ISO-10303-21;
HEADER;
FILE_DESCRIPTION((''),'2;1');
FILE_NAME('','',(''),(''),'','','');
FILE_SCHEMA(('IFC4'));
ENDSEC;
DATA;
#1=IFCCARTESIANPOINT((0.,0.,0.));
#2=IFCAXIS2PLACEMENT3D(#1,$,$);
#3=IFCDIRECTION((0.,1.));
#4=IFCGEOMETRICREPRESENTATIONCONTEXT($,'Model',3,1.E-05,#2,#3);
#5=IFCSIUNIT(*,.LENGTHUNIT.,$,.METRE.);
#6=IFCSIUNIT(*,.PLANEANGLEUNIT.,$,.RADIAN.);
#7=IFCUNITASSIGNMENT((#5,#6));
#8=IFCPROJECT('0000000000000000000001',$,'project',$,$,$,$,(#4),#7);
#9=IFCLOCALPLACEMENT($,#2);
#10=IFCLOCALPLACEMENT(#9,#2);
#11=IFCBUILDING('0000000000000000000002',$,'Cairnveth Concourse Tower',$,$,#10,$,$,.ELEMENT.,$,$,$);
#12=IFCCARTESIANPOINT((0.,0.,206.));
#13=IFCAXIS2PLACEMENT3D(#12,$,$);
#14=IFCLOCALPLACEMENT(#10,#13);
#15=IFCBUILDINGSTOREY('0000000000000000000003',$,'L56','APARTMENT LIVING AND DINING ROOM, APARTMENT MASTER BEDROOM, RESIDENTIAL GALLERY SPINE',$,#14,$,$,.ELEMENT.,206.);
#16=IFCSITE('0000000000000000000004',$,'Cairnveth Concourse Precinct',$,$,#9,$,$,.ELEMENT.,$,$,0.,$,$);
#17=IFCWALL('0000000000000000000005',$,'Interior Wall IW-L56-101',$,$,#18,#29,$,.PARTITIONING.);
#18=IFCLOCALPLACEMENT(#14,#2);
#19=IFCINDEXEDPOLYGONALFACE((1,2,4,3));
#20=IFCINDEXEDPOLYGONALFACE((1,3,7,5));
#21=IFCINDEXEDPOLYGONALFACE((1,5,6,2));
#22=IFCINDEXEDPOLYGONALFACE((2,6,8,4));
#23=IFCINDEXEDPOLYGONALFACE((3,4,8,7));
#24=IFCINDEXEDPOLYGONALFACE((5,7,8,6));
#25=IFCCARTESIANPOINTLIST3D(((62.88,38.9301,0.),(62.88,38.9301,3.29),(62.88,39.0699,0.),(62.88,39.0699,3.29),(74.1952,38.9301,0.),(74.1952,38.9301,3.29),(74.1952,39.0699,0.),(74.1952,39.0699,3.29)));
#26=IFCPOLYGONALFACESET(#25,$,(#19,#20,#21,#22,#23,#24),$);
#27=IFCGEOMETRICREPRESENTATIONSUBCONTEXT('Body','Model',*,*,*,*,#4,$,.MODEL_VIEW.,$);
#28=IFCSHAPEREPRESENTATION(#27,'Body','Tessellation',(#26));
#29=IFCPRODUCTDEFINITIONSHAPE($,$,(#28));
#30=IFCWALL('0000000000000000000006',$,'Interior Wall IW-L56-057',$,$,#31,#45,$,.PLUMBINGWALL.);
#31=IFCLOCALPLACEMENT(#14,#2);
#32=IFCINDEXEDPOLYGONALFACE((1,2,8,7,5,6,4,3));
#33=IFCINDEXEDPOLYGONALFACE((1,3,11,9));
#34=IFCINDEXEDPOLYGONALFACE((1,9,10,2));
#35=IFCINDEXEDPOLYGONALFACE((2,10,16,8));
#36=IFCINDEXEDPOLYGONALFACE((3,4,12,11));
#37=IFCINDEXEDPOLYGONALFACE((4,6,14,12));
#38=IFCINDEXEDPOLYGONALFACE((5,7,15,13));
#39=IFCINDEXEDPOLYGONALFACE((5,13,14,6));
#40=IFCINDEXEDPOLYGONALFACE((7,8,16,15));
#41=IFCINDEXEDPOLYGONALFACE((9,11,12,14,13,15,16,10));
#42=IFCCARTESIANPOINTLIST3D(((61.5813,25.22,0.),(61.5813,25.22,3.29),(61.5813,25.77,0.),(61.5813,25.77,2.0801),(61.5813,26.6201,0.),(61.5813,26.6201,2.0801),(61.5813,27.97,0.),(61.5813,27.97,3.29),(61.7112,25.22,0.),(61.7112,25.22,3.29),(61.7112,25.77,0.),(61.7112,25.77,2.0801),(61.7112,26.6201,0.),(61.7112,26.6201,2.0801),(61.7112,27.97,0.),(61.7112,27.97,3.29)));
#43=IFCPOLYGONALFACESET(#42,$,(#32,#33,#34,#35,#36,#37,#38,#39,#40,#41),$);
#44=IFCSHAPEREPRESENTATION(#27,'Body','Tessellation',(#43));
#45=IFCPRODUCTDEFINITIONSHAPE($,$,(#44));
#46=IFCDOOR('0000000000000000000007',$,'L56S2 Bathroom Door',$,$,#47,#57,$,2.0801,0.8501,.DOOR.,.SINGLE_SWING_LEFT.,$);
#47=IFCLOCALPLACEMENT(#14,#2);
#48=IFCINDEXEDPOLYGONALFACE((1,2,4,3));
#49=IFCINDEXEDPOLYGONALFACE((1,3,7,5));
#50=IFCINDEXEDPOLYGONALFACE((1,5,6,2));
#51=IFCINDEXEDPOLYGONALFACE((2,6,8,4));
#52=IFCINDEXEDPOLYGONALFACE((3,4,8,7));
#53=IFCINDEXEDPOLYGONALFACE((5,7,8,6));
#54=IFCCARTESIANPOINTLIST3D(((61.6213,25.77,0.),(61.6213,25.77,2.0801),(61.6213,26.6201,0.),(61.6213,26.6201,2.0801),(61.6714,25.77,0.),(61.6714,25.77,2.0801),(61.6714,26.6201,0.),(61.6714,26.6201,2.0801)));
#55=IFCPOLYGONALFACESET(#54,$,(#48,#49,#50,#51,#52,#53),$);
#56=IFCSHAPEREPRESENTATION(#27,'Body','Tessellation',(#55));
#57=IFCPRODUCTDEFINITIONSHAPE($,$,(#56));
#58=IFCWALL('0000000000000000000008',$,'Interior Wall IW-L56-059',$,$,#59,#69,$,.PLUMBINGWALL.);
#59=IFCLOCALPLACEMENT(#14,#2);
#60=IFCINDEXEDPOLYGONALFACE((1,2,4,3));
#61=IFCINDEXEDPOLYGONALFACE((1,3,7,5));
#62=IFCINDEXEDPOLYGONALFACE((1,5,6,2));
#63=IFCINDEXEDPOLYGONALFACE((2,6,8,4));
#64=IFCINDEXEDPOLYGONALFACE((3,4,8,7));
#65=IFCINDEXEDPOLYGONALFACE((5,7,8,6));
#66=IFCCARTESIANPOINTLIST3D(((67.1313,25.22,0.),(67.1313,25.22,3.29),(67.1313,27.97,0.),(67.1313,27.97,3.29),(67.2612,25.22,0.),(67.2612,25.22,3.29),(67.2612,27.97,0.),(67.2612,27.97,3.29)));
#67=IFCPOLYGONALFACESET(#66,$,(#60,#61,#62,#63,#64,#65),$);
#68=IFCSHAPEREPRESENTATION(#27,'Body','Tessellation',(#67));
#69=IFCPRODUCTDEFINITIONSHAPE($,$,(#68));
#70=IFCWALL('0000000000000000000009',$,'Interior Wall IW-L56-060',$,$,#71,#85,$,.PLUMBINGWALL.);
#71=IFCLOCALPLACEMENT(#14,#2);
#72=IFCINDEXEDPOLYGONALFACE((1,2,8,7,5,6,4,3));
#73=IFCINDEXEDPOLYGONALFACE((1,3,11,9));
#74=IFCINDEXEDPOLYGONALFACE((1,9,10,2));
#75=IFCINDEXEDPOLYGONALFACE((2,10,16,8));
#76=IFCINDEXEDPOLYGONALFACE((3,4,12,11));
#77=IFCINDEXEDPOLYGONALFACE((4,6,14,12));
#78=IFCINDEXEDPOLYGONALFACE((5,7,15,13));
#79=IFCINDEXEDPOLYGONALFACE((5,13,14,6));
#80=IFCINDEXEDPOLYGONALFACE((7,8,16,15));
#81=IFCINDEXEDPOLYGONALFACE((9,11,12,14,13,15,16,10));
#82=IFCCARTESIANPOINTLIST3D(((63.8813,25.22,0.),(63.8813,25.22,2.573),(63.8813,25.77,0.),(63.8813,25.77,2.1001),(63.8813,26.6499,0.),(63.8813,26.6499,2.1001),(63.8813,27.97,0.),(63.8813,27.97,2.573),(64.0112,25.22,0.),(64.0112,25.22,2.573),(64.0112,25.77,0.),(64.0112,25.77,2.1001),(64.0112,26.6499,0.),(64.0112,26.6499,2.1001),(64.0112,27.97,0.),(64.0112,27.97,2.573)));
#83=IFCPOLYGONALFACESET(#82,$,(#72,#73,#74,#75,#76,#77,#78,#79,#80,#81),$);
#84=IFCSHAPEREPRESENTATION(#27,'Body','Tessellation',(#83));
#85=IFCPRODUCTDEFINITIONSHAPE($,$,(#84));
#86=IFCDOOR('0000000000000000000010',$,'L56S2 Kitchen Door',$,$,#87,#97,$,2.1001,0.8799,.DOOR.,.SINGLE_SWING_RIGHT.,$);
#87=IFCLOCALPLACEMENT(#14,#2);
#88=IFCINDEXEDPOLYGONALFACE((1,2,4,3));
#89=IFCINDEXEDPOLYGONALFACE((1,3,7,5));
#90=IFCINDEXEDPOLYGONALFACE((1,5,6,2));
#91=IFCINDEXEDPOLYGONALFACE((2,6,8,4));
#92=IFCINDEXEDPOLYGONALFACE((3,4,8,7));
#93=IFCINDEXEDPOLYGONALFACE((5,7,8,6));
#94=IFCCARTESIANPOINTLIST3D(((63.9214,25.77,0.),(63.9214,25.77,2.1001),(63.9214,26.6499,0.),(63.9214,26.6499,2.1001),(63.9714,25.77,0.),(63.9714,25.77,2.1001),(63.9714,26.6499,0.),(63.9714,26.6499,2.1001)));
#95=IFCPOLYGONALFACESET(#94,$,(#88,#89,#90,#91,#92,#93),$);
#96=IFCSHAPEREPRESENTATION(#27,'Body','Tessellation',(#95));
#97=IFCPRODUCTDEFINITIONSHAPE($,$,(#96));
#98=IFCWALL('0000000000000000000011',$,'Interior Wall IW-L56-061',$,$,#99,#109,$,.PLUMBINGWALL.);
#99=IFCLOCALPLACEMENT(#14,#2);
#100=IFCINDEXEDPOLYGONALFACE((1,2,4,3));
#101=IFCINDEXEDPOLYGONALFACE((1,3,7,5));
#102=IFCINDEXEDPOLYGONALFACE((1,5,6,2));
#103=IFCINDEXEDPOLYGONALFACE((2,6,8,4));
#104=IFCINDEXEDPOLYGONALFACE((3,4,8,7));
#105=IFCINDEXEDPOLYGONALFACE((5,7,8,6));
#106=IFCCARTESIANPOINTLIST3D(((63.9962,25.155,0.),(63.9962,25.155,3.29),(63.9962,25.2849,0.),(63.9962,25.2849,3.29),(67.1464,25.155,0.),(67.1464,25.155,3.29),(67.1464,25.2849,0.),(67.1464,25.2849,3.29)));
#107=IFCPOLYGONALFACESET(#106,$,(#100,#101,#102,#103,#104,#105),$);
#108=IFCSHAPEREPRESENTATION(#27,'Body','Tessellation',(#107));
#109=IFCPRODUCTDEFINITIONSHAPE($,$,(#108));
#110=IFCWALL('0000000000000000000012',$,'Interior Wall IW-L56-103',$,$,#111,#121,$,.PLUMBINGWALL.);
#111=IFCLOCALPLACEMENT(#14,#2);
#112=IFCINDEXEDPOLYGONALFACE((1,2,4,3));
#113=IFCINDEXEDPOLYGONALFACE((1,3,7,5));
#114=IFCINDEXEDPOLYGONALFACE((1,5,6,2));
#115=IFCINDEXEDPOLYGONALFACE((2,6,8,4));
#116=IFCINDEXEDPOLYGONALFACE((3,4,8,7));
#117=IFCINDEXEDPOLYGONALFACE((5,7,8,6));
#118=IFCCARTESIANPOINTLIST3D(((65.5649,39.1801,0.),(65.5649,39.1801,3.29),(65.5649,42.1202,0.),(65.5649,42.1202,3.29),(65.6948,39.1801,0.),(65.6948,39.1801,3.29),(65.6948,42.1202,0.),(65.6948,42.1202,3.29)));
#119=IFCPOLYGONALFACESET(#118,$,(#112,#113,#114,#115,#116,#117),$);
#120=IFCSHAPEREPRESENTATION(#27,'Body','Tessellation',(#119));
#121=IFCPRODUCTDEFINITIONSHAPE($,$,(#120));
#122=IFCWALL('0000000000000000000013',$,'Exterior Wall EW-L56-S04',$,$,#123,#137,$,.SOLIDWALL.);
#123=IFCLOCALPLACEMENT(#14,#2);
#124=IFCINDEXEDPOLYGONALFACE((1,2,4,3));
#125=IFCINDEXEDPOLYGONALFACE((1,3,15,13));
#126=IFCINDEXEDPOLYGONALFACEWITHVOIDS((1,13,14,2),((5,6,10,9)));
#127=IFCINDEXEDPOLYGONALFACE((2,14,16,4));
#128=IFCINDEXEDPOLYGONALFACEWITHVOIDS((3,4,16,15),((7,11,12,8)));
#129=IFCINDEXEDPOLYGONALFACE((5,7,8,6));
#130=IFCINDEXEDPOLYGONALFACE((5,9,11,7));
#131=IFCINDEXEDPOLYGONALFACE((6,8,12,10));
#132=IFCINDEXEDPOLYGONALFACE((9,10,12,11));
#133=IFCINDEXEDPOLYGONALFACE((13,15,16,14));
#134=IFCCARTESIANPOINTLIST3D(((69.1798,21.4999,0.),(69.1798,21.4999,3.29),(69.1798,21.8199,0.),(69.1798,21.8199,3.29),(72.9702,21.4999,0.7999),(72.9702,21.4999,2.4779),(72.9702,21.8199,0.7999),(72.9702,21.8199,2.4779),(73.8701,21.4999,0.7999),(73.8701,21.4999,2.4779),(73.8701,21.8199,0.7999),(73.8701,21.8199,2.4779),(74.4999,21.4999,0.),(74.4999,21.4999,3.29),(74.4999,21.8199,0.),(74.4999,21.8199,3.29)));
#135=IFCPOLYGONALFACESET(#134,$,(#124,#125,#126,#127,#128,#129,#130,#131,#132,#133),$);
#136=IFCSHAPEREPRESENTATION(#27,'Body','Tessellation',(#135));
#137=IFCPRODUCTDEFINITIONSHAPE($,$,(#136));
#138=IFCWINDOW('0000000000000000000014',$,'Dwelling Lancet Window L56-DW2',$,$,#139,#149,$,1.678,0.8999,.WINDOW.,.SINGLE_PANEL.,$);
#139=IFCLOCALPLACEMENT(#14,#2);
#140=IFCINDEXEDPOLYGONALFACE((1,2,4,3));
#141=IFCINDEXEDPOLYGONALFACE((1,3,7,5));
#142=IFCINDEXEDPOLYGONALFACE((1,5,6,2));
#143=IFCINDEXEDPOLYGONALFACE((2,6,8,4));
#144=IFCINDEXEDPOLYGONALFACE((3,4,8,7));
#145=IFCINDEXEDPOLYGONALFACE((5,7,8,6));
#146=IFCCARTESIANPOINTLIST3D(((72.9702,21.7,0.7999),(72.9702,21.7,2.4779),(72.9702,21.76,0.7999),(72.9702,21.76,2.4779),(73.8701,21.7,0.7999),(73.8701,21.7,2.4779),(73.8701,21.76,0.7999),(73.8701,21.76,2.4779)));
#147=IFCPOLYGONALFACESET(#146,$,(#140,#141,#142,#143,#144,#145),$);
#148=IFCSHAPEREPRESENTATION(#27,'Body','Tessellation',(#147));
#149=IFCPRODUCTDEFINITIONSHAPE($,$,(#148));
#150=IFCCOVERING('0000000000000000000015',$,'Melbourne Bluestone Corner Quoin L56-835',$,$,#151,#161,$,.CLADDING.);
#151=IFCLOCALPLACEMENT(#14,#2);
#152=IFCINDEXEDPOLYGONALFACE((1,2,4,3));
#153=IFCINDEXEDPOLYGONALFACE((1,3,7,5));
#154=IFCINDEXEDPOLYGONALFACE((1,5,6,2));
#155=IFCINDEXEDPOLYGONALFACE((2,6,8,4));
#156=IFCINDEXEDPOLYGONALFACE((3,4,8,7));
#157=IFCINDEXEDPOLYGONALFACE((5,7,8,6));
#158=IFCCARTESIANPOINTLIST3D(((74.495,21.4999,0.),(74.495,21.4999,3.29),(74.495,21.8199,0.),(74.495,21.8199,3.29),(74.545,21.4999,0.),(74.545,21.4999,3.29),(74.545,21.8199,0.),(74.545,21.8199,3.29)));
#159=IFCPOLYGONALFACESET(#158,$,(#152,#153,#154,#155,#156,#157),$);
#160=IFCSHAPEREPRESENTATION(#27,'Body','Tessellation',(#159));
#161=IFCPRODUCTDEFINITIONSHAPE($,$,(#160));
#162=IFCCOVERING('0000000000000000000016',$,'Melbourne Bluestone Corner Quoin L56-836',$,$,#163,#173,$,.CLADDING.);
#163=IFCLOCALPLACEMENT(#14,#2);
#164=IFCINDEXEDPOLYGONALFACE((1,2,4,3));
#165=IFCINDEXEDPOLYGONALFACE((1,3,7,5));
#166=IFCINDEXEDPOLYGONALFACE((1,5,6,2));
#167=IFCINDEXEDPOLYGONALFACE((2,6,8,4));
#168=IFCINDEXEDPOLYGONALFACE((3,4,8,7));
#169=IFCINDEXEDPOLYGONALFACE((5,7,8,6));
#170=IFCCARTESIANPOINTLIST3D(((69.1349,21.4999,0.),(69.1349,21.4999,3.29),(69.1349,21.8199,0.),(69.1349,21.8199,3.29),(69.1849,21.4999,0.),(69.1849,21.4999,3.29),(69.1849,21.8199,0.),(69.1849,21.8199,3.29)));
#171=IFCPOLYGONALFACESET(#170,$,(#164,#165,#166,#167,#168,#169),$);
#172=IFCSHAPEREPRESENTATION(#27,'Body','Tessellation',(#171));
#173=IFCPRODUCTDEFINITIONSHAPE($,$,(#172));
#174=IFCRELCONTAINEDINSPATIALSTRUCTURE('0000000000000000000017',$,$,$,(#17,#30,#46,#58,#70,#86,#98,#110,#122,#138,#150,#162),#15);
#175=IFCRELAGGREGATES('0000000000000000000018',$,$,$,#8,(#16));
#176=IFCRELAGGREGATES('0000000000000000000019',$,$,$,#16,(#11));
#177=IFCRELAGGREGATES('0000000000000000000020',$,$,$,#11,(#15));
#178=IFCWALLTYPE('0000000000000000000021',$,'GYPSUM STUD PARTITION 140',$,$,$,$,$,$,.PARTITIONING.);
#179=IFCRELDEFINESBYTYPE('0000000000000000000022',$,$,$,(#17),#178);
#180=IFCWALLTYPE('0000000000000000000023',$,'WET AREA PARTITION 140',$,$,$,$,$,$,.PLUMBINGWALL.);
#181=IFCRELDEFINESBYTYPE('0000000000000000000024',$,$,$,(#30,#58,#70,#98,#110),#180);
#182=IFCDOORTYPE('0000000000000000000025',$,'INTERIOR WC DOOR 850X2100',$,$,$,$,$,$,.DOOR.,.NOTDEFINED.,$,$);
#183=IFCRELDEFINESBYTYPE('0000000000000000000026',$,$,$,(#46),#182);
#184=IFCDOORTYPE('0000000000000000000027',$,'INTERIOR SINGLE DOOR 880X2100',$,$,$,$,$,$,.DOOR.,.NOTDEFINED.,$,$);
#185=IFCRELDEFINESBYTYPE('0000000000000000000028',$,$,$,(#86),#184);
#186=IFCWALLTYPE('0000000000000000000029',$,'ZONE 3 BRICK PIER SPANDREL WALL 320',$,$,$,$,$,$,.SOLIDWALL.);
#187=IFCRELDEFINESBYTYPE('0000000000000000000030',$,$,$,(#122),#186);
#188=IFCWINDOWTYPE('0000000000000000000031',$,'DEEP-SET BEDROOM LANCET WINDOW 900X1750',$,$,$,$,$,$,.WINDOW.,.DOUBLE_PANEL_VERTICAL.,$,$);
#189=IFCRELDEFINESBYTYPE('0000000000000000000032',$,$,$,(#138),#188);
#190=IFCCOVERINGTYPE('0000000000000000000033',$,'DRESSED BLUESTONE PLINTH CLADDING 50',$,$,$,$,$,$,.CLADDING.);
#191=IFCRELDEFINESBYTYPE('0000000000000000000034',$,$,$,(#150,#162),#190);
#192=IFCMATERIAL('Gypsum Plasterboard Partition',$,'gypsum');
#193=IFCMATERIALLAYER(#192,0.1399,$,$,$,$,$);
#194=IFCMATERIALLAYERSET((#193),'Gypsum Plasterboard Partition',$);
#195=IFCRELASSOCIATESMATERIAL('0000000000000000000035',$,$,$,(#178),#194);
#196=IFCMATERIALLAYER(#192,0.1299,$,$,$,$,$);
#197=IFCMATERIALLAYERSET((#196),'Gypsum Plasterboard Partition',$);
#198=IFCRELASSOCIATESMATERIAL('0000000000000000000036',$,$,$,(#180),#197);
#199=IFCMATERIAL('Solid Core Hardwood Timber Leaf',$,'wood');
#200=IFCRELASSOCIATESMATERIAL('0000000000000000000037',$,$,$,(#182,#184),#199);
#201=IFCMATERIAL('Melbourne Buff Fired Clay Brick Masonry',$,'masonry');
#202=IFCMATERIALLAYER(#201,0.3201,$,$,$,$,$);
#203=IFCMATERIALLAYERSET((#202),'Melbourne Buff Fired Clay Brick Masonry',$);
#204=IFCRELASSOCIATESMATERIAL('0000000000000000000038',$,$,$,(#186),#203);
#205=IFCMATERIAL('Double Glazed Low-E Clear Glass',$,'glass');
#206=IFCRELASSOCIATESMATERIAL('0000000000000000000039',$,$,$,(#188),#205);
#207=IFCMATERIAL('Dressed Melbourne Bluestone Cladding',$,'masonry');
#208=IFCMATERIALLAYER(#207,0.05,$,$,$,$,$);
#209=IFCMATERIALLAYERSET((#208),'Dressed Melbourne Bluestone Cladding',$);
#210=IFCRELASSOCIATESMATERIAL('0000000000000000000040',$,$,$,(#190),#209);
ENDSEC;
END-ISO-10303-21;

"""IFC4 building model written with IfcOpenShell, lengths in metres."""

from ifc_helpers import new_model, si_unit, direction, frame, frame_2d, origin, place, context, subcontext, project, spatial, rectangle, extrude, material, layer, layer_set, type_object, element, fill, save


model = new_model("IFC4")

# Units and contexts
model_context = context("Model", 3, precision=1e-05, world=origin(), true_north=direction((0.0, 1.0)))
body_context = subcontext(model_context, "Body", "Model", "MODEL_VIEW")
ifc_project = project(units=[si_unit("LENGTHUNIT", "METRE"), si_unit("PLANEANGLEUNIT", "RADIAN")], contexts=[model_context])

# Site, building, storey
site_placement = place(None, origin())
site = spatial("IfcSite", under=ifc_project, at=site_placement, Name="Cairnveth Concourse Precinct", CompositionType="ELEMENT", RefElevation=0.0)
building_placement = place(site_placement, origin())
building = spatial("IfcBuilding", under=site, at=building_placement, Name="Cairnveth Concourse Tower", CompositionType="ELEMENT")
storey_placement = place(building_placement, frame((0.0, 0.0, 206.0)))
storey = spatial("IfcBuildingStorey", under=building, at=storey_placement, Name="L56", Description="APARTMENT LIVING AND DINING ROOM, APARTMENT MASTER BEDROOM, RESIDENTIAL GALLERY SPINE", CompositionType="ELEMENT", Elevation=206.0)

# Shared definitions
ifc_material_1 = material(Name="Gypsum Plasterboard Partition", Category="gypsum")
ifc_material_2 = material(Name="Solid Core Hardwood Timber Leaf", Category="wood")

# Shared definitions
ifc_layer_1 = layer(ifc_material_1, 0.1399)
ifc_layer_set_1 = layer_set([ifc_layer_1], Name="Gypsum Plasterboard Partition")
wall_type_1 = type_object("IfcWallType", Name="GYPSUM STUD PARTITION 140", PredefinedType="PARTITIONING", material=ifc_layer_set_1)

# Wall
wall_1_placement = place(storey_placement, frame((62.8799, 39.0, 0.0), z_axis=(0.0, 0.0, 1.0), x_axis=(1.0, 0.0, 0.0)))
element("IfcWall", 1, at=wall_1_placement, inside=storey, type_object=wall_type_1, Name="Interior Wall IW-L56-101", PredefinedType="PARTITIONING", context=body_context, shape_type="SweptSolid", body=[
    extrude(rectangle(XDim=11.3152, YDim=0.1399, at=frame_2d((5.6577, 0.0))), origin(), (0.0, 0.0, 1.0), 3.29),
])

# Wall, opening, door
ifc_layer_2 = layer(ifc_material_1, 0.1299)
ifc_layer_set_2 = layer_set([ifc_layer_2], Name="Gypsum Plasterboard Partition")
wall_type_2 = type_object("IfcWallType", Name="WET AREA PARTITION 140", PredefinedType="PLUMBINGWALL", material=ifc_layer_set_2)
wall_2_placement = place(storey_placement, frame((61.6462, 25.22, 0.0), z_axis=(0.0, 0.0, 1.0), x_axis=(0.0, 1.0, 0.0)))
wall_2 = element("IfcWall", 2, at=wall_2_placement, inside=storey, type_object=wall_type_2, Name="Interior Wall IW-L56-057", PredefinedType="PLUMBINGWALL", context=body_context, shape_type="SweptSolid", body=[
    extrude(rectangle(XDim=2.75, YDim=0.1299, at=frame_2d((1.375, 0.0))), origin(), (0.0, 0.0, 1.0), 3.29),
])
opening_1_placement = place(wall_2_placement, frame((0.55, 0.0, 0.0)))
opening_1 = element("IfcOpeningElement", 3, at=opening_1_placement, cuts=wall_2, PredefinedType="OPENING", context=body_context, shape_type="SweptSolid", body=[
    extrude(rectangle(XDim=0.8501, YDim=2.0801, at=frame_2d((0.425, 1.04))), frame((0.0, 0.075, 0.0), z_axis=(0.0, -1.0, 0.0), x_axis=(1.0, 0.0, 0.0)), (0.0, 0.0, 1.0), 0.1499),
])
door_type_1 = type_object("IfcDoorType", Name="INTERIOR WC DOOR 850X2100", OperationType="NOTDEFINED", PredefinedType="DOOR", material=ifc_material_2)
door_1_placement = place(opening_1_placement, origin())
door_1 = element("IfcDoor", 4, at=door_1_placement, inside=storey, type_object=door_type_1, Name="L56S2 Bathroom Door", OperationType="SINGLE_SWING_LEFT", OverallHeight=2.0801, OverallWidth=0.8501, PredefinedType="DOOR", context=body_context, shape_type="SweptSolid", body=[
    extrude(rectangle(XDim=0.8501, YDim=2.0801, at=frame_2d((0.425, 1.04))), frame((0.0, 0.0249, 0.0), z_axis=(0.0, -1.0, 0.0), x_axis=(1.0, 0.0, 0.0)), (0.0, 0.0, 1.0), 0.05),
])
fill(opening_1, door_1)

# Wall
wall_3_placement = place(storey_placement, frame((67.1963, 25.22, 0.0), z_axis=(0.0, 0.0, 1.0), x_axis=(0.0, 1.0, 0.0)))
element("IfcWall", 5, at=wall_3_placement, inside=storey, type_object=wall_type_2, Name="Interior Wall IW-L56-059", PredefinedType="PLUMBINGWALL", context=body_context, shape_type="SweptSolid", body=[
    extrude(rectangle(XDim=2.75, YDim=0.1299, at=frame_2d((1.375, 0.0))), origin(), (0.0, 0.0, 1.0), 3.29),
])

# Wall, opening, door
wall_4_placement = place(storey_placement, frame((63.9463, 25.22, 0.0), z_axis=(0.0, 0.0, 1.0), x_axis=(0.0, 1.0, 0.0)))
wall_4 = element("IfcWall", 6, at=wall_4_placement, inside=storey, type_object=wall_type_2, Name="Interior Wall IW-L56-060", PredefinedType="PLUMBINGWALL", context=body_context, shape_type="SweptSolid", body=[
    extrude(rectangle(XDim=2.75, YDim=0.1299, at=frame_2d((1.375, 0.0))), origin(), (0.0, 0.0, 1.0), 2.573),
])
opening_2_placement = place(wall_4_placement, frame((0.55, 0.0, 0.0)))
opening_2 = element("IfcOpeningElement", 7, at=opening_2_placement, cuts=wall_4, PredefinedType="OPENING", context=body_context, shape_type="SweptSolid", body=[
    extrude(rectangle(XDim=0.8799, YDim=2.1001, at=frame_2d((0.4399, 1.05))), frame((0.0, 0.075, 0.0), z_axis=(0.0, -1.0, 0.0), x_axis=(1.0, 0.0, 0.0)), (0.0, 0.0, 1.0), 0.1499),
])
door_type_2 = type_object("IfcDoorType", Name="INTERIOR SINGLE DOOR 880X2100", OperationType="NOTDEFINED", PredefinedType="DOOR", material=ifc_material_2)
door_2_placement = place(opening_2_placement, origin())
door_2 = element("IfcDoor", 8, at=door_2_placement, inside=storey, type_object=door_type_2, Name="L56S2 Kitchen Door", OperationType="SINGLE_SWING_RIGHT", OverallHeight=2.1001, OverallWidth=0.8799, PredefinedType="DOOR", context=body_context, shape_type="SweptSolid", body=[
    extrude(rectangle(XDim=0.8799, YDim=2.1001, at=frame_2d((0.4399, 1.05))), frame((0.0, 0.0249, 0.0), z_axis=(0.0, -1.0, 0.0), x_axis=(1.0, 0.0, 0.0)), (0.0, 0.0, 1.0), 0.05),
])
fill(opening_2, door_2)

# Walls
wall_5_placement = place(storey_placement, frame((63.9961, 25.22, 0.0), z_axis=(0.0, 0.0, 1.0), x_axis=(1.0, 0.0, 0.0)))
element("IfcWall", 9, at=wall_5_placement, inside=storey, type_object=wall_type_2, Name="Interior Wall IW-L56-061", PredefinedType="PLUMBINGWALL", context=body_context, shape_type="SweptSolid", body=[
    extrude(rectangle(XDim=3.1501, YDim=0.1299, at=frame_2d((1.5752, 0.0))), origin(), (0.0, 0.0, 1.0), 3.29),
])
wall_6_placement = place(storey_placement, frame((65.6299, 39.1799, 0.0), z_axis=(0.0, 0.0, 1.0), x_axis=(0.0, 1.0, 0.0)))
element("IfcWall", 10, at=wall_6_placement, inside=storey, type_object=wall_type_2, Name="Interior Wall IW-L56-103", PredefinedType="PLUMBINGWALL", context=body_context, shape_type="SweptSolid", body=[
    extrude(rectangle(XDim=2.9402, YDim=0.1299, at=frame_2d((1.4702, 0.0))), origin(), (0.0, 0.0, 1.0), 3.29),
])

# Wall, opening, window
ifc_material_3 = material(Name="Melbourne Buff Fired Clay Brick Masonry", Category="masonry")
ifc_layer_3 = layer(ifc_material_3, 0.3201)
ifc_layer_set_3 = layer_set([ifc_layer_3], Name="Melbourne Buff Fired Clay Brick Masonry")
wall_type_3 = type_object("IfcWallType", Name="ZONE 3 BRICK PIER SPANDREL WALL 320", PredefinedType="SOLIDWALL", material=ifc_layer_set_3)
wall_7_placement = place(storey_placement, frame((74.5, 21.6599, 0.0), z_axis=(0.0, 0.0, 1.0), x_axis=(-1.0, 0.0, 0.0)))
wall_7 = element("IfcWall", 11, at=wall_7_placement, inside=storey, type_object=wall_type_3, Name="Exterior Wall EW-L56-S04", PredefinedType="SOLIDWALL", context=body_context, shape_type="SweptSolid", body=[
    extrude(rectangle(XDim=5.3201, YDim=0.3201, at=frame_2d((2.6602, 0.0))), origin(), (0.0, 0.0, 1.0), 3.29),
])
opening_3_placement = place(wall_7_placement, frame((0.6299, 0.0, 0.8)))
opening_3 = element("IfcOpeningElement", 12, at=opening_3_placement, cuts=wall_7, PredefinedType="OPENING", context=body_context, shape_type="SweptSolid", body=[
    extrude(rectangle(XDim=0.8999, YDim=1.678, at=frame_2d((0.45, 0.8389))), frame((0.0, 0.1699, 0.0), z_axis=(0.0, -1.0, 0.0), x_axis=(1.0, 0.0, 0.0)), (0.0, 0.0, 1.0), 0.3401),
])
ifc_material_4 = material(Name="Double Glazed Low-E Clear Glass", Category="glass")
window_type = type_object("IfcWindowType", Name="DEEP-SET BEDROOM LANCET WINDOW 900X1750", PartitioningType="DOUBLE_PANEL_VERTICAL", PredefinedType="WINDOW", material=ifc_material_4)
window_placement = place(opening_3_placement, origin())
window = element("IfcWindow", 13, at=window_placement, inside=storey, type_object=window_type, Name="Dwelling Lancet Window L56-DW2", OverallHeight=1.678, OverallWidth=0.8999, PartitioningType="SINGLE_PANEL", PredefinedType="WINDOW", context=body_context, shape_type="SweptSolid", body=[
    extrude(rectangle(XDim=0.8999, YDim=1.678, at=frame_2d((0.45, 0.8389))), frame((0.0, -0.04, 0.0), z_axis=(0.0, -1.0, 0.0), x_axis=(1.0, 0.0, 0.0)), (0.0, 0.0, 1.0), 0.0601),
])
fill(opening_3, window)

# Coverings
ifc_material_5 = material(Name="Dressed Melbourne Bluestone Cladding", Category="masonry")
ifc_layer_4 = layer(ifc_material_5, 0.05)
ifc_layer_set_4 = layer_set([ifc_layer_4], Name="Dressed Melbourne Bluestone Cladding")
covering_type = type_object("IfcCoveringType", Name="DRESSED BLUESTONE PLINTH CLADDING 50", PredefinedType="CLADDING", material=ifc_layer_set_4)
for number, where, z_axis, x_axis, name in (
    (14, (74.52, 21.8201, 0.0), (0.0, 0.0, 1.0), (0.0, -1.0, 0.0), "Melbourne Bluestone Corner Quoin L56-835"),
    (15, (69.1599, 21.8201, 0.0), (0.0, 0.0, 1.0), (0.0, -1.0, 0.0), "Melbourne Bluestone Corner Quoin L56-836"),
):
    element("IfcCovering", number, at=place(storey_placement, frame(where, z_axis=z_axis, x_axis=x_axis)), inside=storey, type_object=covering_type, Name=name, PredefinedType="CLADDING", context=body_context, shape_type="SweptSolid", body=[
        extrude(rectangle(XDim=0.3201, YDim=0.05, at=frame_2d((0.1602, 0.0))), origin(), (0.0, 0.0, 1.0), 3.29),
    ])

save(model, "model.ifc")
